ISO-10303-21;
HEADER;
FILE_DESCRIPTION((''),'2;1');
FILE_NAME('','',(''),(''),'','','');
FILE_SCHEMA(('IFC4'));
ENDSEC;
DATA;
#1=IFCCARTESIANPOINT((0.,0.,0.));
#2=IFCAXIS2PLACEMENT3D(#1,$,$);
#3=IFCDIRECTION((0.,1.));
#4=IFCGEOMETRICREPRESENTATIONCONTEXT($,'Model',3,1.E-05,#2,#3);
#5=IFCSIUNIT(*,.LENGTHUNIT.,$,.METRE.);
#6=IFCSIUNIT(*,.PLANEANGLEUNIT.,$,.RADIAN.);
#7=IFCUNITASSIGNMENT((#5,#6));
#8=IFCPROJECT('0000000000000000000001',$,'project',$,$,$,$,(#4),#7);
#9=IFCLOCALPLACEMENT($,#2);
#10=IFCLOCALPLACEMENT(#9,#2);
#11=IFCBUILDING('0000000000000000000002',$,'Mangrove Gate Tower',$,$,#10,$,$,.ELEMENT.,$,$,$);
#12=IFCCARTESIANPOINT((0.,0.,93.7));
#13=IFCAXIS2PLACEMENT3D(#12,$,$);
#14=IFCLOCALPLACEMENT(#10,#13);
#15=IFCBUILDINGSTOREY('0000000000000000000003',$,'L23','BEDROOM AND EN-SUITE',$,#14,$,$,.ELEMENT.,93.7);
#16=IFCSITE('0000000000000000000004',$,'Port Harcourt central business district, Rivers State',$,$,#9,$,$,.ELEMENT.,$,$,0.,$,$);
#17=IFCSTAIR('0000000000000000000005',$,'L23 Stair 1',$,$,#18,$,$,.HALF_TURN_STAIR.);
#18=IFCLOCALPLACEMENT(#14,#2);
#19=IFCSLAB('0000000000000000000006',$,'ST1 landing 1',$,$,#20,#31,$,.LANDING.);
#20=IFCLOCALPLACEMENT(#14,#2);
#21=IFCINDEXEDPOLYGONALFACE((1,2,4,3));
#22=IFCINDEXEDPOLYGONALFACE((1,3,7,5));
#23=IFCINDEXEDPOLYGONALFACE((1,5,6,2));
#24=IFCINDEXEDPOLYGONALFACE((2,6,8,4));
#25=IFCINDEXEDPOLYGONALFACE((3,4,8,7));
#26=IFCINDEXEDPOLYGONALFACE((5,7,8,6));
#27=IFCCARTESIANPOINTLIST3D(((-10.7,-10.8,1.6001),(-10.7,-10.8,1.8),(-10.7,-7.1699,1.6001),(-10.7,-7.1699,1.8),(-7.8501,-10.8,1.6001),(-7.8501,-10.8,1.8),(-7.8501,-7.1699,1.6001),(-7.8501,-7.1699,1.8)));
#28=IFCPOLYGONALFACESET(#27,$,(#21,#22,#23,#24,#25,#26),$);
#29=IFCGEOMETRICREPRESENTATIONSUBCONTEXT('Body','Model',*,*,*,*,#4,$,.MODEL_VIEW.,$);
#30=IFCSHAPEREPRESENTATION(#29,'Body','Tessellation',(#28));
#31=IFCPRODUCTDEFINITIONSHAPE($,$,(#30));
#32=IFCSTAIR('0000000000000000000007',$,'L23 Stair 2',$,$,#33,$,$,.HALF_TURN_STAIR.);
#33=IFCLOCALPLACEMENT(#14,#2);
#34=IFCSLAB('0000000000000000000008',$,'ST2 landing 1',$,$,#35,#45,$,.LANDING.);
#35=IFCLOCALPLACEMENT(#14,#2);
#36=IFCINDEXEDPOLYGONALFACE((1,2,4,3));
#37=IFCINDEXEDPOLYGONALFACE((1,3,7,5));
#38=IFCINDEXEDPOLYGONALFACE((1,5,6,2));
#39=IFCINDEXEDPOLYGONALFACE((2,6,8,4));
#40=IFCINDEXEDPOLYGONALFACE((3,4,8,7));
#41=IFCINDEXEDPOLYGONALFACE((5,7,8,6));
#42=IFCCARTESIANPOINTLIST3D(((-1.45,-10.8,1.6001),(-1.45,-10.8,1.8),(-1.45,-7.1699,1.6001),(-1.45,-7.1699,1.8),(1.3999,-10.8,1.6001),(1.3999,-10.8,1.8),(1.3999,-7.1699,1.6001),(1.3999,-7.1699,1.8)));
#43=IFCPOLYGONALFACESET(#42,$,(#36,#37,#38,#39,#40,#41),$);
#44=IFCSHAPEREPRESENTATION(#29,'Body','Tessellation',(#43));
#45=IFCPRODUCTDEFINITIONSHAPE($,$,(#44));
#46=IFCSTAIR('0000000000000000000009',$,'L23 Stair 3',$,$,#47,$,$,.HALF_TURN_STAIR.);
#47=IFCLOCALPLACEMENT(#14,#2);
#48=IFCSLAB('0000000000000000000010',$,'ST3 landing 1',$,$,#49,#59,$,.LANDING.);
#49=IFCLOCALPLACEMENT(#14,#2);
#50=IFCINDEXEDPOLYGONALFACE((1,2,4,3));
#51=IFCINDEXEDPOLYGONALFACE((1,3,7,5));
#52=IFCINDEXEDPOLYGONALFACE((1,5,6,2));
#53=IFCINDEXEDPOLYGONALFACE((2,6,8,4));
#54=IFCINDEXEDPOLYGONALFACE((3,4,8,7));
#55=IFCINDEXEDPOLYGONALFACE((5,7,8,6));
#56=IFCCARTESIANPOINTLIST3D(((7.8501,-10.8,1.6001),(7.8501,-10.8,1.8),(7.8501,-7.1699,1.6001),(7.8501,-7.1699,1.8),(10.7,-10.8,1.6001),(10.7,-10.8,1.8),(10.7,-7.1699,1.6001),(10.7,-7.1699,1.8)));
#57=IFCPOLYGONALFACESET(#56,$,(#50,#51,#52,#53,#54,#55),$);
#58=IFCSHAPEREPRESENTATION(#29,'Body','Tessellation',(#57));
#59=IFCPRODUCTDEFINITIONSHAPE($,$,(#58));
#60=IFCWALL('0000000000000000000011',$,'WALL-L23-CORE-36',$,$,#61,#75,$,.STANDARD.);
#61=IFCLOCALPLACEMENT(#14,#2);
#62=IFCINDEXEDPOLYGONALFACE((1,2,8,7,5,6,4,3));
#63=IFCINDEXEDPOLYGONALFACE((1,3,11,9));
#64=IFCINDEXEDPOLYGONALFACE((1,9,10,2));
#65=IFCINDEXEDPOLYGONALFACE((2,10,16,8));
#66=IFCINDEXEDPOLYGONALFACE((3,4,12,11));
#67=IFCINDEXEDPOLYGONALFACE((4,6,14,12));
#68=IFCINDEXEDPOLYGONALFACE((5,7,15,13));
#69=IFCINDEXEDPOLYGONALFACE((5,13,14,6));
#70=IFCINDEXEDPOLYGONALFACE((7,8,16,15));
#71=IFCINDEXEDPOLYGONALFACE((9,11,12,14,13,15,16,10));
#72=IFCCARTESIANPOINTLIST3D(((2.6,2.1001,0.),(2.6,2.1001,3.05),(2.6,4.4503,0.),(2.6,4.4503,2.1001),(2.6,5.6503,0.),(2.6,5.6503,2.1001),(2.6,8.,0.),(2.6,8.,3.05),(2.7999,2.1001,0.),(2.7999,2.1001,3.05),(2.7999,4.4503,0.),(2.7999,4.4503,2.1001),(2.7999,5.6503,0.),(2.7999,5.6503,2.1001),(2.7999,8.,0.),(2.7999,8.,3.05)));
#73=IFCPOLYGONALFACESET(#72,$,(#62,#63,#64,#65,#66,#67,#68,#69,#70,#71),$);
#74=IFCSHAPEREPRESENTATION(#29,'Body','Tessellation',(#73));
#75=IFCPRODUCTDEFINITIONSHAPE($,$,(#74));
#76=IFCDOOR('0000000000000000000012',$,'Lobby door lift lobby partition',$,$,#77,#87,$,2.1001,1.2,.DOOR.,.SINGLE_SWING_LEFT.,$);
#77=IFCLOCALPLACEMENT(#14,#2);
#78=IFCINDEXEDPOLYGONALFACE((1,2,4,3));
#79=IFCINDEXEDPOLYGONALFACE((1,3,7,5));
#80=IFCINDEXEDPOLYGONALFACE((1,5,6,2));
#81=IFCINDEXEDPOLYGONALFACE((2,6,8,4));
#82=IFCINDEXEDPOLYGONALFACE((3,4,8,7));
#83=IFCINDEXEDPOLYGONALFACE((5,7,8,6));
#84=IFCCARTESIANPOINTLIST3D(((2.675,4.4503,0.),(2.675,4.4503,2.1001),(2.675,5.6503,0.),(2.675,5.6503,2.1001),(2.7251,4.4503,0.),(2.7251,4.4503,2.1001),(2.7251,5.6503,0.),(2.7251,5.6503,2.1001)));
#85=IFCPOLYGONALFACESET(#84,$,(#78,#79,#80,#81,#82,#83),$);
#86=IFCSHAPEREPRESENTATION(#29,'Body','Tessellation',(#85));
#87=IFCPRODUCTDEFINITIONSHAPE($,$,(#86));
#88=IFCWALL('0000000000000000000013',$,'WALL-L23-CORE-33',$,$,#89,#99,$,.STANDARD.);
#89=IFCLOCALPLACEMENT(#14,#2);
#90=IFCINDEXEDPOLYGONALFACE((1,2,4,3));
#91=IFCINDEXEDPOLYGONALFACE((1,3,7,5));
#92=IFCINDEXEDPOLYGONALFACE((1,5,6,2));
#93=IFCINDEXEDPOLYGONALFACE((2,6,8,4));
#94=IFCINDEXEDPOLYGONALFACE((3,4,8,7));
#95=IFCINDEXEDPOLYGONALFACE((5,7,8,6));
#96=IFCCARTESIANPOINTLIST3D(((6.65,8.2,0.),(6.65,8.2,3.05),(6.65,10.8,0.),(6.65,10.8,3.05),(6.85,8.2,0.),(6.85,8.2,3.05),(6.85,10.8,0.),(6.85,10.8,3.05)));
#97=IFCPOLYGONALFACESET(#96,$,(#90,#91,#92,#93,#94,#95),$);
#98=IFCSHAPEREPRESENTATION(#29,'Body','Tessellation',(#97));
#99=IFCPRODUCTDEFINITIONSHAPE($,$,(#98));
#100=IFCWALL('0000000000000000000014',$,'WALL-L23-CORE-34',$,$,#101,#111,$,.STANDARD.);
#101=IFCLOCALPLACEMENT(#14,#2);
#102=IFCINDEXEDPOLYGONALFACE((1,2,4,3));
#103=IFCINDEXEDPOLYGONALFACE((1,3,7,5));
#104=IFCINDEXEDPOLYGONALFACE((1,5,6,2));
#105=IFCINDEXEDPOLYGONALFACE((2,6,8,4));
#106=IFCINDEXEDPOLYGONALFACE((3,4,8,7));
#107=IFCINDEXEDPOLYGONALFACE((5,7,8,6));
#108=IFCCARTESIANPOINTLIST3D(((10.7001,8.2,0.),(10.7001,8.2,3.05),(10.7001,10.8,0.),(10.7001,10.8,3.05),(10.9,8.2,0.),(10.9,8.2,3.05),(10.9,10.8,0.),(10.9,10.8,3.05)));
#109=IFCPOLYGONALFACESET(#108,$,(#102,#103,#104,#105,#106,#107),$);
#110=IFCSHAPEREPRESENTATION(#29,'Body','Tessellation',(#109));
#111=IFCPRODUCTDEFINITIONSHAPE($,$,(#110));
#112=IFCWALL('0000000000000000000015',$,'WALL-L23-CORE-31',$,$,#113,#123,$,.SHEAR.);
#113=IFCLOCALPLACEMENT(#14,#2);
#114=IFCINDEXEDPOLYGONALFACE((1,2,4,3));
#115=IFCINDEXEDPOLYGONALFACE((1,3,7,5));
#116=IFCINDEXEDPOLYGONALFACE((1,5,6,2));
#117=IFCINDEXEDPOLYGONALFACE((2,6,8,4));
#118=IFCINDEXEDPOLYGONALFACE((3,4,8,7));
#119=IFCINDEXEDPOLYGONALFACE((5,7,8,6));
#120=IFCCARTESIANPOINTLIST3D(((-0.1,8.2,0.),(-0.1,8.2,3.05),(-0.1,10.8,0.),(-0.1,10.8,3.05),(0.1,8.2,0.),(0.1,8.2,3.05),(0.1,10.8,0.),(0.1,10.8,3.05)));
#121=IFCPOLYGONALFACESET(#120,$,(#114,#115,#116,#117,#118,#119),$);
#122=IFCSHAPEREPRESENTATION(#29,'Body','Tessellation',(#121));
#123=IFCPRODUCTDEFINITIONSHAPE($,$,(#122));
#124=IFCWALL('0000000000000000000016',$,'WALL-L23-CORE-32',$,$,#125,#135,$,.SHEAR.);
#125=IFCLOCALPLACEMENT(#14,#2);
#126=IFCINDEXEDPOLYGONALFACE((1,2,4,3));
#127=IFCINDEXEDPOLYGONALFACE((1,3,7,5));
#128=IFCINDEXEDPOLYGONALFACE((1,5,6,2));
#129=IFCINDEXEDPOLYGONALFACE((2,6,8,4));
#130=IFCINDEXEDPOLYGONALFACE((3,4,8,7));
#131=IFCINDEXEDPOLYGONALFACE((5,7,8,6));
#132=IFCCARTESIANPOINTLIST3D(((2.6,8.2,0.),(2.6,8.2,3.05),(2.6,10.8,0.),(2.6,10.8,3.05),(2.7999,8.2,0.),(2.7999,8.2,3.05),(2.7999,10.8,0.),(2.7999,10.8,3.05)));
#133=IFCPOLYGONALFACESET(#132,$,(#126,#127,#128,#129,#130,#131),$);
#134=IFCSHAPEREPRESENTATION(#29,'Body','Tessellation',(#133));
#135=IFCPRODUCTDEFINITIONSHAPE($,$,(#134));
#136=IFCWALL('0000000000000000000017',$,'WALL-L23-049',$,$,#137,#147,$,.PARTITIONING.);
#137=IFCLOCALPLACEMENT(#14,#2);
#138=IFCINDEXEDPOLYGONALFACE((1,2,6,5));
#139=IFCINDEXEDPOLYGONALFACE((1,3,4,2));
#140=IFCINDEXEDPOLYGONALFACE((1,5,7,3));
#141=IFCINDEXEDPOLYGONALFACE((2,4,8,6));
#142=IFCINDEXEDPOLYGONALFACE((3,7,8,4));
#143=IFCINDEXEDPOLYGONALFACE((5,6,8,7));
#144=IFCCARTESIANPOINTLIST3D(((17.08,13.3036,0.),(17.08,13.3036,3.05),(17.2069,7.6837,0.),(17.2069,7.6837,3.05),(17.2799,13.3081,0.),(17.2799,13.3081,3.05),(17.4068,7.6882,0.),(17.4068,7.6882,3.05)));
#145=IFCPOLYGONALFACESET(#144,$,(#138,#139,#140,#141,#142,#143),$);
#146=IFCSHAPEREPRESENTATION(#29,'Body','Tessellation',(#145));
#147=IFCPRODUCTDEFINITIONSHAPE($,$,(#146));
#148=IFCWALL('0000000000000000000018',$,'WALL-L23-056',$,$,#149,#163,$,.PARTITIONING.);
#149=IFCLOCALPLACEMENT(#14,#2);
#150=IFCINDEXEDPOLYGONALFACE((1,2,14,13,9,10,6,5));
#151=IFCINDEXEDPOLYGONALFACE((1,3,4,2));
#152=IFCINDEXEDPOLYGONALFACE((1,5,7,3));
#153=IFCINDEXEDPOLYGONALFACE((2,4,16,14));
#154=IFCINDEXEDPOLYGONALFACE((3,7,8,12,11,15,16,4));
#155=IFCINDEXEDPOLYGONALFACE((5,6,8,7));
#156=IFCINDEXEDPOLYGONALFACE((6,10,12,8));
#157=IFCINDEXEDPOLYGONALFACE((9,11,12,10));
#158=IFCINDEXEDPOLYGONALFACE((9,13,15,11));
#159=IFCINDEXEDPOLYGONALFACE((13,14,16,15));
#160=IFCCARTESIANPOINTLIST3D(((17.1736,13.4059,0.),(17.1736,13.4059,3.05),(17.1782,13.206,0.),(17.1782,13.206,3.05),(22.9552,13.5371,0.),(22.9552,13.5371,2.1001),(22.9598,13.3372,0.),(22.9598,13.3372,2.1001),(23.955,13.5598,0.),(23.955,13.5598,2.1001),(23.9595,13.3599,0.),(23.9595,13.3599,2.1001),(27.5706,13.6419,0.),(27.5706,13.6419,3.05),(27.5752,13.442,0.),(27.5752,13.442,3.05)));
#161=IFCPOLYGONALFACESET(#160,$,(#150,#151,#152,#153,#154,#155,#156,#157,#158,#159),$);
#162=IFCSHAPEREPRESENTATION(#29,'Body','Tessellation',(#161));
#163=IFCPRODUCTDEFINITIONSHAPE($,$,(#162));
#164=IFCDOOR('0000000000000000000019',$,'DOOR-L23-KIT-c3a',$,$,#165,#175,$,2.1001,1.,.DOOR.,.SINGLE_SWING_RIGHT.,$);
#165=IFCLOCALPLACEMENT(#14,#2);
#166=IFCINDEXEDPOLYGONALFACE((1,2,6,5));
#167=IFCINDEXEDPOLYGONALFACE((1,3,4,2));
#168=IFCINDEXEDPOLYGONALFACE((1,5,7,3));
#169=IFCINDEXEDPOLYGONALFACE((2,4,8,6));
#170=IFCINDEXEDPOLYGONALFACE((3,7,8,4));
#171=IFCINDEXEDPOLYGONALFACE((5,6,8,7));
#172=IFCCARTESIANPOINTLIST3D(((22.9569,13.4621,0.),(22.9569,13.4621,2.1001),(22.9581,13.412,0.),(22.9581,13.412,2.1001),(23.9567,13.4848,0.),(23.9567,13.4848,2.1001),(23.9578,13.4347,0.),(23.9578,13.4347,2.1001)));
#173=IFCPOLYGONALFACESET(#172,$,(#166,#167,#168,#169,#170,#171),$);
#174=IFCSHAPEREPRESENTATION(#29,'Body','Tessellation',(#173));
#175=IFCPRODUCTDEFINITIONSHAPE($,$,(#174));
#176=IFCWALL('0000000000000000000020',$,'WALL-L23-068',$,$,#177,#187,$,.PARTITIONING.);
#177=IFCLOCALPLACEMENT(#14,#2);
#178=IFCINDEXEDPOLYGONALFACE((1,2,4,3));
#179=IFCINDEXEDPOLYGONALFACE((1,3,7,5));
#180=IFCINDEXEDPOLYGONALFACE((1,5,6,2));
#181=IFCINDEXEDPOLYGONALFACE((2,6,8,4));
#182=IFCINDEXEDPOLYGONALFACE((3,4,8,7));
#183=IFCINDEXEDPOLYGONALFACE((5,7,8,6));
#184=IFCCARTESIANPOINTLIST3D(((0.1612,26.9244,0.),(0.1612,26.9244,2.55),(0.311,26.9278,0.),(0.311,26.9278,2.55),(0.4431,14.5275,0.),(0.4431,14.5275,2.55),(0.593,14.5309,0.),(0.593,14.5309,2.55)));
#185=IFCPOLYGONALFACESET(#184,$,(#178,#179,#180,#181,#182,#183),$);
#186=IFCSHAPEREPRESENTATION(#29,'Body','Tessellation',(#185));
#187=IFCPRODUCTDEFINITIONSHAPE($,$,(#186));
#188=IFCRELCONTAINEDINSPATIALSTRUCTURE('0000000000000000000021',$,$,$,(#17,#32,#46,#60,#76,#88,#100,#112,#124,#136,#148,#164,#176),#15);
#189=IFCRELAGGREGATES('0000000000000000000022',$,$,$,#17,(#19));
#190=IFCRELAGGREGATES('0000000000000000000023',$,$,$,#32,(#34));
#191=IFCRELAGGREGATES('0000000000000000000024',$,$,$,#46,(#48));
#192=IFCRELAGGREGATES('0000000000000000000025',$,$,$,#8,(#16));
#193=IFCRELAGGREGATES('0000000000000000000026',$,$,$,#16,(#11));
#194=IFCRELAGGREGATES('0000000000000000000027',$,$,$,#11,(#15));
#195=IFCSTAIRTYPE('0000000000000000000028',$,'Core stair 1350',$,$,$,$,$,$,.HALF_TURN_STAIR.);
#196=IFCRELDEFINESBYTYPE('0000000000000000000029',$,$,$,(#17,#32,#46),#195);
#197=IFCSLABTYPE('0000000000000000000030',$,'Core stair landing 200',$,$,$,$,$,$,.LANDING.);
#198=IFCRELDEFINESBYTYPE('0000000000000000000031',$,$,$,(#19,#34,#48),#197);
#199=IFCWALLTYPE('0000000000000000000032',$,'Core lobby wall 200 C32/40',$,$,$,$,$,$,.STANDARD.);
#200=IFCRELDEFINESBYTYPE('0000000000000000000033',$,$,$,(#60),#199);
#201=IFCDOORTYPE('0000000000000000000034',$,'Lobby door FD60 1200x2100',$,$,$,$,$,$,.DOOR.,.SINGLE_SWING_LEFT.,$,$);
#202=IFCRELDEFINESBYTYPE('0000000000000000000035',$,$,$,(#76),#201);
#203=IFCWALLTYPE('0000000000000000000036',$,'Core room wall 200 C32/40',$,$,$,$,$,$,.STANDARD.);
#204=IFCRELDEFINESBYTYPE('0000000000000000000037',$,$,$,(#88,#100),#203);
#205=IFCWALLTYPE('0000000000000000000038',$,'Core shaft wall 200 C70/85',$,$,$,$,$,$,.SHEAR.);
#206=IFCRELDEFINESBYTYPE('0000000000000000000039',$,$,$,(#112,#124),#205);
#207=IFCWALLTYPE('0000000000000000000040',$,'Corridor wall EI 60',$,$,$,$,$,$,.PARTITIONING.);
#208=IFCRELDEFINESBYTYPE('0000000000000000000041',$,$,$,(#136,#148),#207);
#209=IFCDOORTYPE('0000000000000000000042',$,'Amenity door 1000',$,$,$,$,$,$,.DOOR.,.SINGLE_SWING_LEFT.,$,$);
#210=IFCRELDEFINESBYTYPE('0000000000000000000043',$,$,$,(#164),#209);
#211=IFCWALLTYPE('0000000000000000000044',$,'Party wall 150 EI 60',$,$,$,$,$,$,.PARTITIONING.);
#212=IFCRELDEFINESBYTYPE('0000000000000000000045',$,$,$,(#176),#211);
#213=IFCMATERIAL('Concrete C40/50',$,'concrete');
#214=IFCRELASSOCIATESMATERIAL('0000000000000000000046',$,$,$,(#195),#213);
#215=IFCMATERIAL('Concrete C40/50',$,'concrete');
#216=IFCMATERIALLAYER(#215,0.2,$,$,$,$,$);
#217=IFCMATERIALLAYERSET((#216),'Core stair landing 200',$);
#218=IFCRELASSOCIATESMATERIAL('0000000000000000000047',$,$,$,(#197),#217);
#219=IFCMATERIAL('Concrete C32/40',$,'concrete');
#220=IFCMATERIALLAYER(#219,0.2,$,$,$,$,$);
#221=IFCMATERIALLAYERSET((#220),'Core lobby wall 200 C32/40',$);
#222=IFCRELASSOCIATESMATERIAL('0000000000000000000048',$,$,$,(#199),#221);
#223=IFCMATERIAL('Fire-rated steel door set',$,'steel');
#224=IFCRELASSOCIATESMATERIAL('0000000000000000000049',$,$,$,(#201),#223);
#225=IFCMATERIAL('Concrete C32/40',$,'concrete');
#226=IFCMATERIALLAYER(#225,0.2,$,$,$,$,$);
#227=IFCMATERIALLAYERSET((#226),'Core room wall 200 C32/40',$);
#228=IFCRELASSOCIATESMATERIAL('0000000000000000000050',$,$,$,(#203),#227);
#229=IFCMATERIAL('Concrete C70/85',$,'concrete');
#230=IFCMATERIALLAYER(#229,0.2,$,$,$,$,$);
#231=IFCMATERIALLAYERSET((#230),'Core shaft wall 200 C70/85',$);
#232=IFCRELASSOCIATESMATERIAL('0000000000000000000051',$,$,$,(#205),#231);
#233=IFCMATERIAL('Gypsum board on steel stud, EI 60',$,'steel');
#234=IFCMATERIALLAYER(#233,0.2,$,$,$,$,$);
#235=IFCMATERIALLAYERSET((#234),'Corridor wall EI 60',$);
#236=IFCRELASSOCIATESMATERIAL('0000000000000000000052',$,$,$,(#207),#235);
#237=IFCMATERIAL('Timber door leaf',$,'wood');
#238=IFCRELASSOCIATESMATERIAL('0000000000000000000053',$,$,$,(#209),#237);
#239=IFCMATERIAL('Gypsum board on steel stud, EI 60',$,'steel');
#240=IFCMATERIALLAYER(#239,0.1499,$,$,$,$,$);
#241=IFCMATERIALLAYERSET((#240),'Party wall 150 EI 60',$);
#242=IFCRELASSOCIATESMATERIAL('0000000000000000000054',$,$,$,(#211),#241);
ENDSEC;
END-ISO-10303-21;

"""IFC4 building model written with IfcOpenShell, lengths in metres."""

from ifc_helpers import new_model, si_unit, direction, frame, frame_2d, origin, place, context, subcontext, project, spatial, polyline, rectangle, outline, extrude, material, layer, layer_set, type_object, element, fill, aggregate, save


model = new_model("IFC4")

# Units and contexts
model_context = context("Model", 3, precision=1e-05, world=origin(), true_north=direction((0.0, 1.0)))
body_context = subcontext(model_context, "Body", "Model", "MODEL_VIEW")
ifc_project = project(units=[si_unit("LENGTHUNIT", "METRE"), si_unit("PLANEANGLEUNIT", "RADIAN")], contexts=[model_context])

# Site, building, storey
site_placement = place(None, origin())
site = spatial("IfcSite", under=ifc_project, at=site_placement, Name="Port Harcourt central business district, Rivers State", CompositionType="ELEMENT", RefElevation=0.0)
building_placement = place(site_placement, origin())
building = spatial("IfcBuilding", under=site, at=building_placement, Name="Mangrove Gate Tower", CompositionType="ELEMENT")
storey_placement = place(building_placement, frame((0.0, 0.0, 93.7)))
storey = spatial("IfcBuildingStorey", under=building, at=storey_placement, Name="L23", Description="BEDROOM AND EN-SUITE", CompositionType="ELEMENT", Elevation=93.7)

# Stairs, slabs
ifc_material_1 = material(Name="Concrete C40/50", Category="concrete")
stair_type = type_object("IfcStairType", Name="Core stair 1350", PredefinedType="HALF_TURN_STAIR", material=ifc_material_1)
stair_1_placement = place(storey_placement, origin())
stair_1 = element("IfcStair", 1, at=stair_1_placement, inside=storey, type_object=stair_type, Name="L23 Stair 1", PredefinedType="HALF_TURN_STAIR")
ifc_material_2 = material(Name="Concrete C40/50", Category="concrete")
ifc_layer_1 = layer(ifc_material_2, 0.2)
ifc_layer_set_1 = layer_set([ifc_layer_1], Name="Core stair landing 200")
slab_type_1 = type_object("IfcSlabType", Name="Core stair landing 200", PredefinedType="LANDING", material=ifc_layer_set_1)
slab_1_placement = place(storey_placement, frame((0.0, 0.0, 1.6001)))
slab_1 = element("IfcSlab", 2, at=slab_1_placement, type_object=slab_type_1, Name="ST1 landing 1", PredefinedType="LANDING", context=body_context, shape_type="SweptSolid", body=[
    extrude(outline(polyline([(-10.7, -7.1699), (-10.7, -10.8), (-7.8501, -10.8), (-7.8501, -7.1699), (-10.7, -7.1699)])), origin(), (0.0, 0.0, 1.0), 0.2),
])
aggregate(stair_1, [slab_1])
stair_2_placement = place(storey_placement, origin())
stair_2 = element("IfcStair", 3, at=stair_2_placement, inside=storey, type_object=stair_type, Name="L23 Stair 2", PredefinedType="HALF_TURN_STAIR")
slab_2_placement = place(storey_placement, frame((0.0, 0.0, 1.6001)))
slab_2 = element("IfcSlab", 4, at=slab_2_placement, type_object=slab_type_1, Name="ST2 landing 1", PredefinedType="LANDING", context=body_context, shape_type="SweptSolid", body=[
    extrude(outline(polyline([(-1.45, -7.1699), (-1.45, -10.8), (1.3999, -10.8), (1.3999, -7.1699), (-1.45, -7.1699)])), origin(), (0.0, 0.0, 1.0), 0.2),
])
aggregate(stair_2, [slab_2])
stair_3_placement = place(storey_placement, origin())
stair_3 = element("IfcStair", 5, at=stair_3_placement, inside=storey, type_object=stair_type, Name="L23 Stair 3", PredefinedType="HALF_TURN_STAIR")
slab_3_placement = place(storey_placement, frame((0.0, 0.0, 1.6001)))
slab_3 = element("IfcSlab", 6, at=slab_3_placement, type_object=slab_type_1, Name="ST3 landing 1", PredefinedType="LANDING", context=body_context, shape_type="SweptSolid", body=[
    extrude(outline(polyline([(7.8501, -7.1699), (7.8501, -10.8), (10.7, -10.8), (10.7, -7.1699), (7.8501, -7.1699)])), origin(), (0.0, 0.0, 1.0), 0.2),
])
aggregate(stair_3, [slab_3])

# Wall, opening, door
ifc_material_3 = material(Name="Concrete C32/40", Category="concrete")
ifc_layer_2 = layer(ifc_material_3, 0.2)
ifc_layer_set_2 = layer_set([ifc_layer_2], Name="Core lobby wall 200 C32/40")
wall_type_1 = type_object("IfcWallType", Name="Core lobby wall 200 C32/40", PredefinedType="STANDARD", material=ifc_layer_set_2)
wall_1_placement = place(storey_placement, frame((2.7, 2.1001, 0.0), z_axis=(0.0, 0.0, 1.0), x_axis=(0.0, 1.0, 0.0)))
wall_1 = element("IfcWall", 7, at=wall_1_placement, inside=storey, type_object=wall_type_1, Name="WALL-L23-CORE-36", PredefinedType="STANDARD", context=body_context, shape_type="SweptSolid", body=[
    extrude(rectangle(XDim=5.8999, YDim=0.2, at=frame_2d((2.95, 0.0))), origin(), (0.0, 0.0, 1.0), 3.05),
])
opening_1_placement = place(wall_1_placement, frame((2.3501, 0.0, 0.0)))
opening_1 = element("IfcOpeningElement", 8, at=opening_1_placement, cuts=wall_1, PredefinedType="OPENING", context=body_context, shape_type="SweptSolid", body=[
    extrude(rectangle(XDim=1.2, YDim=2.1001, at=frame_2d((0.6001, 1.05))), frame((0.0, 0.1099, 0.0), z_axis=(0.0, -1.0, 0.0), x_axis=(1.0, 0.0, 0.0)), (0.0, 0.0, 1.0), 0.22),
])
ifc_material_4 = material(Name="Fire-rated steel door set", Category="steel")
door_type_1 = type_object("IfcDoorType", Name="Lobby door FD60 1200x2100", OperationType="SINGLE_SWING_LEFT", PredefinedType="DOOR", material=ifc_material_4)
door_1_placement = place(opening_1_placement, origin())
door_1 = element("IfcDoor", 9, at=door_1_placement, inside=storey, type_object=door_type_1, Name="Lobby door lift lobby partition", OperationType="SINGLE_SWING_LEFT", OverallHeight=2.1001, OverallWidth=1.2, PredefinedType="DOOR", context=body_context, shape_type="SweptSolid", body=[
    extrude(rectangle(XDim=1.2, YDim=2.1001, at=frame_2d((0.6001, 1.05))), frame((0.0, 0.0249, 0.0), z_axis=(0.0, -1.0, 0.0), x_axis=(1.0, 0.0, 0.0)), (0.0, 0.0, 1.0), 0.05),
])
fill(opening_1, door_1)

# Walls
ifc_material_5 = material(Name="Concrete C32/40", Category="concrete")
ifc_layer_3 = layer(ifc_material_5, 0.2)
ifc_layer_set_3 = layer_set([ifc_layer_3], Name="Core room wall 200 C32/40")
wall_type_2 = type_object("IfcWallType", Name="Core room wall 200 C32/40", PredefinedType="STANDARD", material=ifc_layer_set_3)
for number, where, z_axis, x_axis, name in (
    (10, (6.75, 8.2, 0.0), (0.0, 0.0, 1.0), (0.0, 1.0, 0.0), "WALL-L23-CORE-33"),
    (11, (10.8, 8.2, 0.0), (0.0, 0.0, 1.0), (0.0, 1.0, 0.0), "WALL-L23-CORE-34"),
):
    element("IfcWall", number, at=place(storey_placement, frame(where, z_axis=z_axis, x_axis=x_axis)), inside=storey, type_object=wall_type_2, Name=name, PredefinedType="STANDARD", context=body_context, shape_type="SweptSolid", body=[
        extrude(rectangle(XDim=2.6001, YDim=0.2, at=frame_2d((1.3, 0.0))), origin(), (0.0, 0.0, 1.0), 3.05),
    ])
ifc_material_6 = material(Name="Concrete C70/85", Category="concrete")
ifc_layer_4 = layer(ifc_material_6, 0.2)
ifc_layer_set_4 = layer_set([ifc_layer_4], Name="Core shaft wall 200 C70/85")
wall_type_3 = type_object("IfcWallType", Name="Core shaft wall 200 C70/85", PredefinedType="SHEAR", material=ifc_layer_set_4)
for number, where, z_axis, x_axis, name in (
    (12, (0.0, 8.2, 0.0), (0.0, 0.0, 1.0), (0.0, 1.0, 0.0), "WALL-L23-CORE-31"),
    (13, (2.7, 8.2, 0.0), (0.0, 0.0, 1.0), (0.0, 1.0, 0.0), "WALL-L23-CORE-32"),
):
    element("IfcWall", number, at=place(storey_placement, frame(where, z_axis=z_axis, x_axis=x_axis)), inside=storey, type_object=wall_type_3, Name=name, PredefinedType="SHEAR", context=body_context, shape_type="SweptSolid", body=[
        extrude(rectangle(XDim=2.6001, YDim=0.2, at=frame_2d((1.3, 0.0))), origin(), (0.0, 0.0, 1.0), 3.05),
    ])
ifc_material_7 = material(Name="Gypsum board on steel stud, EI 60", Category="steel")
ifc_layer_5 = layer(ifc_material_7, 0.2)
ifc_layer_set_5 = layer_set([ifc_layer_5], Name="Corridor wall EI 60")
wall_type_4 = type_object("IfcWallType", Name="Corridor wall EI 60", PredefinedType="PARTITIONING", material=ifc_layer_set_5)
wall_2_placement = place(storey_placement, frame((17.3069, 7.686, 0.0), z_axis=(0.0, 0.0, 1.0), x_axis=(-0.022584, 0.999745, 0.0)))
element("IfcWall", 14, at=wall_2_placement, inside=storey, type_object=wall_type_4, Name="WALL-L23-049", PredefinedType="PARTITIONING", context=body_context, shape_type="SweptSolid", body=[
    extrude(rectangle(XDim=5.6213, YDim=0.2, at=frame_2d((2.8105, 0.0))), origin(), (0.0, 0.0, 1.0), 3.05),
])

# Wall, opening, door
wall_3_placement = place(storey_placement, frame((17.176, 13.3059, 0.0), z_axis=(0.0, 0.0, 1.0), x_axis=(0.999742, 0.022701, 0.0)))
wall_3 = element("IfcWall", 15, at=wall_3_placement, inside=storey, type_object=wall_type_4, Name="WALL-L23-056", PredefinedType="PARTITIONING", context=body_context, shape_type="SweptSolid", body=[
    extrude(rectangle(XDim=10.3997, YDim=0.2, at=frame_2d((5.1997, 0.0))), origin(), (0.0, 0.0, 1.0), 3.05),
])
opening_2_placement = place(wall_3_placement, frame((5.783, 0.0, 0.0)))
opening_2 = element("IfcOpeningElement", 16, at=opening_2_placement, cuts=wall_3, PredefinedType="OPENING", context=body_context, shape_type="SweptSolid", body=[
    extrude(rectangle(XDim=1.0, YDim=2.1001, at=frame_2d((0.5, 1.05))), frame((0.0, 0.1099, 0.0), z_axis=(0.0, -1.0, 0.0), x_axis=(1.0, 0.0, 0.0)), (0.0, 0.0, 1.0), 0.22),
])
ifc_material_8 = material(Name="Timber door leaf", Category="wood")
door_type_2 = type_object("IfcDoorType", Name="Amenity door 1000", OperationType="SINGLE_SWING_LEFT", PredefinedType="DOOR", material=ifc_material_8)
door_2_placement = place(opening_2_placement, origin())
door_2 = element("IfcDoor", 17, at=door_2_placement, inside=storey, type_object=door_type_2, Name="DOOR-L23-KIT-c3a", OperationType="SINGLE_SWING_RIGHT", OverallHeight=2.1001, OverallWidth=1.0, PredefinedType="DOOR", context=body_context, shape_type="SweptSolid", body=[
    extrude(rectangle(XDim=1.0, YDim=2.1001, at=frame_2d((0.5, 1.05))), frame((0.0, 0.0249, 0.0), z_axis=(0.0, -1.0, 0.0), x_axis=(1.0, 0.0, 0.0)), (0.0, 0.0, 1.0), 0.05),
])
fill(opening_2, door_2)

# Wall
ifc_material_9 = material(Name="Gypsum board on steel stud, EI 60", Category="steel")
ifc_layer_6 = layer(ifc_material_9, 0.1499)
ifc_layer_set_6 = layer_set([ifc_layer_6], Name="Party wall 150 EI 60")
wall_type_5 = type_object("IfcWallType", Name="Party wall 150 EI 60", PredefinedType="PARTITIONING", material=ifc_layer_set_6)
wall_4_placement = place(storey_placement, frame((0.5181, 14.5291, 0.0), z_axis=(0.0, 0.0, 1.0), x_axis=(-0.02274, 0.999741, 0.0)))
element("IfcWall", 18, at=wall_4_placement, inside=storey, type_object=wall_type_5, Name="WALL-L23-068", PredefinedType="PARTITIONING", context=body_context, shape_type="SweptSolid", body=[
    extrude(rectangle(XDim=12.4001, YDim=0.1499, at=frame_2d((6.2002, 0.0))), origin(), (0.0, 0.0, 1.0), 2.55),
])

save(model, "model.ifc")
